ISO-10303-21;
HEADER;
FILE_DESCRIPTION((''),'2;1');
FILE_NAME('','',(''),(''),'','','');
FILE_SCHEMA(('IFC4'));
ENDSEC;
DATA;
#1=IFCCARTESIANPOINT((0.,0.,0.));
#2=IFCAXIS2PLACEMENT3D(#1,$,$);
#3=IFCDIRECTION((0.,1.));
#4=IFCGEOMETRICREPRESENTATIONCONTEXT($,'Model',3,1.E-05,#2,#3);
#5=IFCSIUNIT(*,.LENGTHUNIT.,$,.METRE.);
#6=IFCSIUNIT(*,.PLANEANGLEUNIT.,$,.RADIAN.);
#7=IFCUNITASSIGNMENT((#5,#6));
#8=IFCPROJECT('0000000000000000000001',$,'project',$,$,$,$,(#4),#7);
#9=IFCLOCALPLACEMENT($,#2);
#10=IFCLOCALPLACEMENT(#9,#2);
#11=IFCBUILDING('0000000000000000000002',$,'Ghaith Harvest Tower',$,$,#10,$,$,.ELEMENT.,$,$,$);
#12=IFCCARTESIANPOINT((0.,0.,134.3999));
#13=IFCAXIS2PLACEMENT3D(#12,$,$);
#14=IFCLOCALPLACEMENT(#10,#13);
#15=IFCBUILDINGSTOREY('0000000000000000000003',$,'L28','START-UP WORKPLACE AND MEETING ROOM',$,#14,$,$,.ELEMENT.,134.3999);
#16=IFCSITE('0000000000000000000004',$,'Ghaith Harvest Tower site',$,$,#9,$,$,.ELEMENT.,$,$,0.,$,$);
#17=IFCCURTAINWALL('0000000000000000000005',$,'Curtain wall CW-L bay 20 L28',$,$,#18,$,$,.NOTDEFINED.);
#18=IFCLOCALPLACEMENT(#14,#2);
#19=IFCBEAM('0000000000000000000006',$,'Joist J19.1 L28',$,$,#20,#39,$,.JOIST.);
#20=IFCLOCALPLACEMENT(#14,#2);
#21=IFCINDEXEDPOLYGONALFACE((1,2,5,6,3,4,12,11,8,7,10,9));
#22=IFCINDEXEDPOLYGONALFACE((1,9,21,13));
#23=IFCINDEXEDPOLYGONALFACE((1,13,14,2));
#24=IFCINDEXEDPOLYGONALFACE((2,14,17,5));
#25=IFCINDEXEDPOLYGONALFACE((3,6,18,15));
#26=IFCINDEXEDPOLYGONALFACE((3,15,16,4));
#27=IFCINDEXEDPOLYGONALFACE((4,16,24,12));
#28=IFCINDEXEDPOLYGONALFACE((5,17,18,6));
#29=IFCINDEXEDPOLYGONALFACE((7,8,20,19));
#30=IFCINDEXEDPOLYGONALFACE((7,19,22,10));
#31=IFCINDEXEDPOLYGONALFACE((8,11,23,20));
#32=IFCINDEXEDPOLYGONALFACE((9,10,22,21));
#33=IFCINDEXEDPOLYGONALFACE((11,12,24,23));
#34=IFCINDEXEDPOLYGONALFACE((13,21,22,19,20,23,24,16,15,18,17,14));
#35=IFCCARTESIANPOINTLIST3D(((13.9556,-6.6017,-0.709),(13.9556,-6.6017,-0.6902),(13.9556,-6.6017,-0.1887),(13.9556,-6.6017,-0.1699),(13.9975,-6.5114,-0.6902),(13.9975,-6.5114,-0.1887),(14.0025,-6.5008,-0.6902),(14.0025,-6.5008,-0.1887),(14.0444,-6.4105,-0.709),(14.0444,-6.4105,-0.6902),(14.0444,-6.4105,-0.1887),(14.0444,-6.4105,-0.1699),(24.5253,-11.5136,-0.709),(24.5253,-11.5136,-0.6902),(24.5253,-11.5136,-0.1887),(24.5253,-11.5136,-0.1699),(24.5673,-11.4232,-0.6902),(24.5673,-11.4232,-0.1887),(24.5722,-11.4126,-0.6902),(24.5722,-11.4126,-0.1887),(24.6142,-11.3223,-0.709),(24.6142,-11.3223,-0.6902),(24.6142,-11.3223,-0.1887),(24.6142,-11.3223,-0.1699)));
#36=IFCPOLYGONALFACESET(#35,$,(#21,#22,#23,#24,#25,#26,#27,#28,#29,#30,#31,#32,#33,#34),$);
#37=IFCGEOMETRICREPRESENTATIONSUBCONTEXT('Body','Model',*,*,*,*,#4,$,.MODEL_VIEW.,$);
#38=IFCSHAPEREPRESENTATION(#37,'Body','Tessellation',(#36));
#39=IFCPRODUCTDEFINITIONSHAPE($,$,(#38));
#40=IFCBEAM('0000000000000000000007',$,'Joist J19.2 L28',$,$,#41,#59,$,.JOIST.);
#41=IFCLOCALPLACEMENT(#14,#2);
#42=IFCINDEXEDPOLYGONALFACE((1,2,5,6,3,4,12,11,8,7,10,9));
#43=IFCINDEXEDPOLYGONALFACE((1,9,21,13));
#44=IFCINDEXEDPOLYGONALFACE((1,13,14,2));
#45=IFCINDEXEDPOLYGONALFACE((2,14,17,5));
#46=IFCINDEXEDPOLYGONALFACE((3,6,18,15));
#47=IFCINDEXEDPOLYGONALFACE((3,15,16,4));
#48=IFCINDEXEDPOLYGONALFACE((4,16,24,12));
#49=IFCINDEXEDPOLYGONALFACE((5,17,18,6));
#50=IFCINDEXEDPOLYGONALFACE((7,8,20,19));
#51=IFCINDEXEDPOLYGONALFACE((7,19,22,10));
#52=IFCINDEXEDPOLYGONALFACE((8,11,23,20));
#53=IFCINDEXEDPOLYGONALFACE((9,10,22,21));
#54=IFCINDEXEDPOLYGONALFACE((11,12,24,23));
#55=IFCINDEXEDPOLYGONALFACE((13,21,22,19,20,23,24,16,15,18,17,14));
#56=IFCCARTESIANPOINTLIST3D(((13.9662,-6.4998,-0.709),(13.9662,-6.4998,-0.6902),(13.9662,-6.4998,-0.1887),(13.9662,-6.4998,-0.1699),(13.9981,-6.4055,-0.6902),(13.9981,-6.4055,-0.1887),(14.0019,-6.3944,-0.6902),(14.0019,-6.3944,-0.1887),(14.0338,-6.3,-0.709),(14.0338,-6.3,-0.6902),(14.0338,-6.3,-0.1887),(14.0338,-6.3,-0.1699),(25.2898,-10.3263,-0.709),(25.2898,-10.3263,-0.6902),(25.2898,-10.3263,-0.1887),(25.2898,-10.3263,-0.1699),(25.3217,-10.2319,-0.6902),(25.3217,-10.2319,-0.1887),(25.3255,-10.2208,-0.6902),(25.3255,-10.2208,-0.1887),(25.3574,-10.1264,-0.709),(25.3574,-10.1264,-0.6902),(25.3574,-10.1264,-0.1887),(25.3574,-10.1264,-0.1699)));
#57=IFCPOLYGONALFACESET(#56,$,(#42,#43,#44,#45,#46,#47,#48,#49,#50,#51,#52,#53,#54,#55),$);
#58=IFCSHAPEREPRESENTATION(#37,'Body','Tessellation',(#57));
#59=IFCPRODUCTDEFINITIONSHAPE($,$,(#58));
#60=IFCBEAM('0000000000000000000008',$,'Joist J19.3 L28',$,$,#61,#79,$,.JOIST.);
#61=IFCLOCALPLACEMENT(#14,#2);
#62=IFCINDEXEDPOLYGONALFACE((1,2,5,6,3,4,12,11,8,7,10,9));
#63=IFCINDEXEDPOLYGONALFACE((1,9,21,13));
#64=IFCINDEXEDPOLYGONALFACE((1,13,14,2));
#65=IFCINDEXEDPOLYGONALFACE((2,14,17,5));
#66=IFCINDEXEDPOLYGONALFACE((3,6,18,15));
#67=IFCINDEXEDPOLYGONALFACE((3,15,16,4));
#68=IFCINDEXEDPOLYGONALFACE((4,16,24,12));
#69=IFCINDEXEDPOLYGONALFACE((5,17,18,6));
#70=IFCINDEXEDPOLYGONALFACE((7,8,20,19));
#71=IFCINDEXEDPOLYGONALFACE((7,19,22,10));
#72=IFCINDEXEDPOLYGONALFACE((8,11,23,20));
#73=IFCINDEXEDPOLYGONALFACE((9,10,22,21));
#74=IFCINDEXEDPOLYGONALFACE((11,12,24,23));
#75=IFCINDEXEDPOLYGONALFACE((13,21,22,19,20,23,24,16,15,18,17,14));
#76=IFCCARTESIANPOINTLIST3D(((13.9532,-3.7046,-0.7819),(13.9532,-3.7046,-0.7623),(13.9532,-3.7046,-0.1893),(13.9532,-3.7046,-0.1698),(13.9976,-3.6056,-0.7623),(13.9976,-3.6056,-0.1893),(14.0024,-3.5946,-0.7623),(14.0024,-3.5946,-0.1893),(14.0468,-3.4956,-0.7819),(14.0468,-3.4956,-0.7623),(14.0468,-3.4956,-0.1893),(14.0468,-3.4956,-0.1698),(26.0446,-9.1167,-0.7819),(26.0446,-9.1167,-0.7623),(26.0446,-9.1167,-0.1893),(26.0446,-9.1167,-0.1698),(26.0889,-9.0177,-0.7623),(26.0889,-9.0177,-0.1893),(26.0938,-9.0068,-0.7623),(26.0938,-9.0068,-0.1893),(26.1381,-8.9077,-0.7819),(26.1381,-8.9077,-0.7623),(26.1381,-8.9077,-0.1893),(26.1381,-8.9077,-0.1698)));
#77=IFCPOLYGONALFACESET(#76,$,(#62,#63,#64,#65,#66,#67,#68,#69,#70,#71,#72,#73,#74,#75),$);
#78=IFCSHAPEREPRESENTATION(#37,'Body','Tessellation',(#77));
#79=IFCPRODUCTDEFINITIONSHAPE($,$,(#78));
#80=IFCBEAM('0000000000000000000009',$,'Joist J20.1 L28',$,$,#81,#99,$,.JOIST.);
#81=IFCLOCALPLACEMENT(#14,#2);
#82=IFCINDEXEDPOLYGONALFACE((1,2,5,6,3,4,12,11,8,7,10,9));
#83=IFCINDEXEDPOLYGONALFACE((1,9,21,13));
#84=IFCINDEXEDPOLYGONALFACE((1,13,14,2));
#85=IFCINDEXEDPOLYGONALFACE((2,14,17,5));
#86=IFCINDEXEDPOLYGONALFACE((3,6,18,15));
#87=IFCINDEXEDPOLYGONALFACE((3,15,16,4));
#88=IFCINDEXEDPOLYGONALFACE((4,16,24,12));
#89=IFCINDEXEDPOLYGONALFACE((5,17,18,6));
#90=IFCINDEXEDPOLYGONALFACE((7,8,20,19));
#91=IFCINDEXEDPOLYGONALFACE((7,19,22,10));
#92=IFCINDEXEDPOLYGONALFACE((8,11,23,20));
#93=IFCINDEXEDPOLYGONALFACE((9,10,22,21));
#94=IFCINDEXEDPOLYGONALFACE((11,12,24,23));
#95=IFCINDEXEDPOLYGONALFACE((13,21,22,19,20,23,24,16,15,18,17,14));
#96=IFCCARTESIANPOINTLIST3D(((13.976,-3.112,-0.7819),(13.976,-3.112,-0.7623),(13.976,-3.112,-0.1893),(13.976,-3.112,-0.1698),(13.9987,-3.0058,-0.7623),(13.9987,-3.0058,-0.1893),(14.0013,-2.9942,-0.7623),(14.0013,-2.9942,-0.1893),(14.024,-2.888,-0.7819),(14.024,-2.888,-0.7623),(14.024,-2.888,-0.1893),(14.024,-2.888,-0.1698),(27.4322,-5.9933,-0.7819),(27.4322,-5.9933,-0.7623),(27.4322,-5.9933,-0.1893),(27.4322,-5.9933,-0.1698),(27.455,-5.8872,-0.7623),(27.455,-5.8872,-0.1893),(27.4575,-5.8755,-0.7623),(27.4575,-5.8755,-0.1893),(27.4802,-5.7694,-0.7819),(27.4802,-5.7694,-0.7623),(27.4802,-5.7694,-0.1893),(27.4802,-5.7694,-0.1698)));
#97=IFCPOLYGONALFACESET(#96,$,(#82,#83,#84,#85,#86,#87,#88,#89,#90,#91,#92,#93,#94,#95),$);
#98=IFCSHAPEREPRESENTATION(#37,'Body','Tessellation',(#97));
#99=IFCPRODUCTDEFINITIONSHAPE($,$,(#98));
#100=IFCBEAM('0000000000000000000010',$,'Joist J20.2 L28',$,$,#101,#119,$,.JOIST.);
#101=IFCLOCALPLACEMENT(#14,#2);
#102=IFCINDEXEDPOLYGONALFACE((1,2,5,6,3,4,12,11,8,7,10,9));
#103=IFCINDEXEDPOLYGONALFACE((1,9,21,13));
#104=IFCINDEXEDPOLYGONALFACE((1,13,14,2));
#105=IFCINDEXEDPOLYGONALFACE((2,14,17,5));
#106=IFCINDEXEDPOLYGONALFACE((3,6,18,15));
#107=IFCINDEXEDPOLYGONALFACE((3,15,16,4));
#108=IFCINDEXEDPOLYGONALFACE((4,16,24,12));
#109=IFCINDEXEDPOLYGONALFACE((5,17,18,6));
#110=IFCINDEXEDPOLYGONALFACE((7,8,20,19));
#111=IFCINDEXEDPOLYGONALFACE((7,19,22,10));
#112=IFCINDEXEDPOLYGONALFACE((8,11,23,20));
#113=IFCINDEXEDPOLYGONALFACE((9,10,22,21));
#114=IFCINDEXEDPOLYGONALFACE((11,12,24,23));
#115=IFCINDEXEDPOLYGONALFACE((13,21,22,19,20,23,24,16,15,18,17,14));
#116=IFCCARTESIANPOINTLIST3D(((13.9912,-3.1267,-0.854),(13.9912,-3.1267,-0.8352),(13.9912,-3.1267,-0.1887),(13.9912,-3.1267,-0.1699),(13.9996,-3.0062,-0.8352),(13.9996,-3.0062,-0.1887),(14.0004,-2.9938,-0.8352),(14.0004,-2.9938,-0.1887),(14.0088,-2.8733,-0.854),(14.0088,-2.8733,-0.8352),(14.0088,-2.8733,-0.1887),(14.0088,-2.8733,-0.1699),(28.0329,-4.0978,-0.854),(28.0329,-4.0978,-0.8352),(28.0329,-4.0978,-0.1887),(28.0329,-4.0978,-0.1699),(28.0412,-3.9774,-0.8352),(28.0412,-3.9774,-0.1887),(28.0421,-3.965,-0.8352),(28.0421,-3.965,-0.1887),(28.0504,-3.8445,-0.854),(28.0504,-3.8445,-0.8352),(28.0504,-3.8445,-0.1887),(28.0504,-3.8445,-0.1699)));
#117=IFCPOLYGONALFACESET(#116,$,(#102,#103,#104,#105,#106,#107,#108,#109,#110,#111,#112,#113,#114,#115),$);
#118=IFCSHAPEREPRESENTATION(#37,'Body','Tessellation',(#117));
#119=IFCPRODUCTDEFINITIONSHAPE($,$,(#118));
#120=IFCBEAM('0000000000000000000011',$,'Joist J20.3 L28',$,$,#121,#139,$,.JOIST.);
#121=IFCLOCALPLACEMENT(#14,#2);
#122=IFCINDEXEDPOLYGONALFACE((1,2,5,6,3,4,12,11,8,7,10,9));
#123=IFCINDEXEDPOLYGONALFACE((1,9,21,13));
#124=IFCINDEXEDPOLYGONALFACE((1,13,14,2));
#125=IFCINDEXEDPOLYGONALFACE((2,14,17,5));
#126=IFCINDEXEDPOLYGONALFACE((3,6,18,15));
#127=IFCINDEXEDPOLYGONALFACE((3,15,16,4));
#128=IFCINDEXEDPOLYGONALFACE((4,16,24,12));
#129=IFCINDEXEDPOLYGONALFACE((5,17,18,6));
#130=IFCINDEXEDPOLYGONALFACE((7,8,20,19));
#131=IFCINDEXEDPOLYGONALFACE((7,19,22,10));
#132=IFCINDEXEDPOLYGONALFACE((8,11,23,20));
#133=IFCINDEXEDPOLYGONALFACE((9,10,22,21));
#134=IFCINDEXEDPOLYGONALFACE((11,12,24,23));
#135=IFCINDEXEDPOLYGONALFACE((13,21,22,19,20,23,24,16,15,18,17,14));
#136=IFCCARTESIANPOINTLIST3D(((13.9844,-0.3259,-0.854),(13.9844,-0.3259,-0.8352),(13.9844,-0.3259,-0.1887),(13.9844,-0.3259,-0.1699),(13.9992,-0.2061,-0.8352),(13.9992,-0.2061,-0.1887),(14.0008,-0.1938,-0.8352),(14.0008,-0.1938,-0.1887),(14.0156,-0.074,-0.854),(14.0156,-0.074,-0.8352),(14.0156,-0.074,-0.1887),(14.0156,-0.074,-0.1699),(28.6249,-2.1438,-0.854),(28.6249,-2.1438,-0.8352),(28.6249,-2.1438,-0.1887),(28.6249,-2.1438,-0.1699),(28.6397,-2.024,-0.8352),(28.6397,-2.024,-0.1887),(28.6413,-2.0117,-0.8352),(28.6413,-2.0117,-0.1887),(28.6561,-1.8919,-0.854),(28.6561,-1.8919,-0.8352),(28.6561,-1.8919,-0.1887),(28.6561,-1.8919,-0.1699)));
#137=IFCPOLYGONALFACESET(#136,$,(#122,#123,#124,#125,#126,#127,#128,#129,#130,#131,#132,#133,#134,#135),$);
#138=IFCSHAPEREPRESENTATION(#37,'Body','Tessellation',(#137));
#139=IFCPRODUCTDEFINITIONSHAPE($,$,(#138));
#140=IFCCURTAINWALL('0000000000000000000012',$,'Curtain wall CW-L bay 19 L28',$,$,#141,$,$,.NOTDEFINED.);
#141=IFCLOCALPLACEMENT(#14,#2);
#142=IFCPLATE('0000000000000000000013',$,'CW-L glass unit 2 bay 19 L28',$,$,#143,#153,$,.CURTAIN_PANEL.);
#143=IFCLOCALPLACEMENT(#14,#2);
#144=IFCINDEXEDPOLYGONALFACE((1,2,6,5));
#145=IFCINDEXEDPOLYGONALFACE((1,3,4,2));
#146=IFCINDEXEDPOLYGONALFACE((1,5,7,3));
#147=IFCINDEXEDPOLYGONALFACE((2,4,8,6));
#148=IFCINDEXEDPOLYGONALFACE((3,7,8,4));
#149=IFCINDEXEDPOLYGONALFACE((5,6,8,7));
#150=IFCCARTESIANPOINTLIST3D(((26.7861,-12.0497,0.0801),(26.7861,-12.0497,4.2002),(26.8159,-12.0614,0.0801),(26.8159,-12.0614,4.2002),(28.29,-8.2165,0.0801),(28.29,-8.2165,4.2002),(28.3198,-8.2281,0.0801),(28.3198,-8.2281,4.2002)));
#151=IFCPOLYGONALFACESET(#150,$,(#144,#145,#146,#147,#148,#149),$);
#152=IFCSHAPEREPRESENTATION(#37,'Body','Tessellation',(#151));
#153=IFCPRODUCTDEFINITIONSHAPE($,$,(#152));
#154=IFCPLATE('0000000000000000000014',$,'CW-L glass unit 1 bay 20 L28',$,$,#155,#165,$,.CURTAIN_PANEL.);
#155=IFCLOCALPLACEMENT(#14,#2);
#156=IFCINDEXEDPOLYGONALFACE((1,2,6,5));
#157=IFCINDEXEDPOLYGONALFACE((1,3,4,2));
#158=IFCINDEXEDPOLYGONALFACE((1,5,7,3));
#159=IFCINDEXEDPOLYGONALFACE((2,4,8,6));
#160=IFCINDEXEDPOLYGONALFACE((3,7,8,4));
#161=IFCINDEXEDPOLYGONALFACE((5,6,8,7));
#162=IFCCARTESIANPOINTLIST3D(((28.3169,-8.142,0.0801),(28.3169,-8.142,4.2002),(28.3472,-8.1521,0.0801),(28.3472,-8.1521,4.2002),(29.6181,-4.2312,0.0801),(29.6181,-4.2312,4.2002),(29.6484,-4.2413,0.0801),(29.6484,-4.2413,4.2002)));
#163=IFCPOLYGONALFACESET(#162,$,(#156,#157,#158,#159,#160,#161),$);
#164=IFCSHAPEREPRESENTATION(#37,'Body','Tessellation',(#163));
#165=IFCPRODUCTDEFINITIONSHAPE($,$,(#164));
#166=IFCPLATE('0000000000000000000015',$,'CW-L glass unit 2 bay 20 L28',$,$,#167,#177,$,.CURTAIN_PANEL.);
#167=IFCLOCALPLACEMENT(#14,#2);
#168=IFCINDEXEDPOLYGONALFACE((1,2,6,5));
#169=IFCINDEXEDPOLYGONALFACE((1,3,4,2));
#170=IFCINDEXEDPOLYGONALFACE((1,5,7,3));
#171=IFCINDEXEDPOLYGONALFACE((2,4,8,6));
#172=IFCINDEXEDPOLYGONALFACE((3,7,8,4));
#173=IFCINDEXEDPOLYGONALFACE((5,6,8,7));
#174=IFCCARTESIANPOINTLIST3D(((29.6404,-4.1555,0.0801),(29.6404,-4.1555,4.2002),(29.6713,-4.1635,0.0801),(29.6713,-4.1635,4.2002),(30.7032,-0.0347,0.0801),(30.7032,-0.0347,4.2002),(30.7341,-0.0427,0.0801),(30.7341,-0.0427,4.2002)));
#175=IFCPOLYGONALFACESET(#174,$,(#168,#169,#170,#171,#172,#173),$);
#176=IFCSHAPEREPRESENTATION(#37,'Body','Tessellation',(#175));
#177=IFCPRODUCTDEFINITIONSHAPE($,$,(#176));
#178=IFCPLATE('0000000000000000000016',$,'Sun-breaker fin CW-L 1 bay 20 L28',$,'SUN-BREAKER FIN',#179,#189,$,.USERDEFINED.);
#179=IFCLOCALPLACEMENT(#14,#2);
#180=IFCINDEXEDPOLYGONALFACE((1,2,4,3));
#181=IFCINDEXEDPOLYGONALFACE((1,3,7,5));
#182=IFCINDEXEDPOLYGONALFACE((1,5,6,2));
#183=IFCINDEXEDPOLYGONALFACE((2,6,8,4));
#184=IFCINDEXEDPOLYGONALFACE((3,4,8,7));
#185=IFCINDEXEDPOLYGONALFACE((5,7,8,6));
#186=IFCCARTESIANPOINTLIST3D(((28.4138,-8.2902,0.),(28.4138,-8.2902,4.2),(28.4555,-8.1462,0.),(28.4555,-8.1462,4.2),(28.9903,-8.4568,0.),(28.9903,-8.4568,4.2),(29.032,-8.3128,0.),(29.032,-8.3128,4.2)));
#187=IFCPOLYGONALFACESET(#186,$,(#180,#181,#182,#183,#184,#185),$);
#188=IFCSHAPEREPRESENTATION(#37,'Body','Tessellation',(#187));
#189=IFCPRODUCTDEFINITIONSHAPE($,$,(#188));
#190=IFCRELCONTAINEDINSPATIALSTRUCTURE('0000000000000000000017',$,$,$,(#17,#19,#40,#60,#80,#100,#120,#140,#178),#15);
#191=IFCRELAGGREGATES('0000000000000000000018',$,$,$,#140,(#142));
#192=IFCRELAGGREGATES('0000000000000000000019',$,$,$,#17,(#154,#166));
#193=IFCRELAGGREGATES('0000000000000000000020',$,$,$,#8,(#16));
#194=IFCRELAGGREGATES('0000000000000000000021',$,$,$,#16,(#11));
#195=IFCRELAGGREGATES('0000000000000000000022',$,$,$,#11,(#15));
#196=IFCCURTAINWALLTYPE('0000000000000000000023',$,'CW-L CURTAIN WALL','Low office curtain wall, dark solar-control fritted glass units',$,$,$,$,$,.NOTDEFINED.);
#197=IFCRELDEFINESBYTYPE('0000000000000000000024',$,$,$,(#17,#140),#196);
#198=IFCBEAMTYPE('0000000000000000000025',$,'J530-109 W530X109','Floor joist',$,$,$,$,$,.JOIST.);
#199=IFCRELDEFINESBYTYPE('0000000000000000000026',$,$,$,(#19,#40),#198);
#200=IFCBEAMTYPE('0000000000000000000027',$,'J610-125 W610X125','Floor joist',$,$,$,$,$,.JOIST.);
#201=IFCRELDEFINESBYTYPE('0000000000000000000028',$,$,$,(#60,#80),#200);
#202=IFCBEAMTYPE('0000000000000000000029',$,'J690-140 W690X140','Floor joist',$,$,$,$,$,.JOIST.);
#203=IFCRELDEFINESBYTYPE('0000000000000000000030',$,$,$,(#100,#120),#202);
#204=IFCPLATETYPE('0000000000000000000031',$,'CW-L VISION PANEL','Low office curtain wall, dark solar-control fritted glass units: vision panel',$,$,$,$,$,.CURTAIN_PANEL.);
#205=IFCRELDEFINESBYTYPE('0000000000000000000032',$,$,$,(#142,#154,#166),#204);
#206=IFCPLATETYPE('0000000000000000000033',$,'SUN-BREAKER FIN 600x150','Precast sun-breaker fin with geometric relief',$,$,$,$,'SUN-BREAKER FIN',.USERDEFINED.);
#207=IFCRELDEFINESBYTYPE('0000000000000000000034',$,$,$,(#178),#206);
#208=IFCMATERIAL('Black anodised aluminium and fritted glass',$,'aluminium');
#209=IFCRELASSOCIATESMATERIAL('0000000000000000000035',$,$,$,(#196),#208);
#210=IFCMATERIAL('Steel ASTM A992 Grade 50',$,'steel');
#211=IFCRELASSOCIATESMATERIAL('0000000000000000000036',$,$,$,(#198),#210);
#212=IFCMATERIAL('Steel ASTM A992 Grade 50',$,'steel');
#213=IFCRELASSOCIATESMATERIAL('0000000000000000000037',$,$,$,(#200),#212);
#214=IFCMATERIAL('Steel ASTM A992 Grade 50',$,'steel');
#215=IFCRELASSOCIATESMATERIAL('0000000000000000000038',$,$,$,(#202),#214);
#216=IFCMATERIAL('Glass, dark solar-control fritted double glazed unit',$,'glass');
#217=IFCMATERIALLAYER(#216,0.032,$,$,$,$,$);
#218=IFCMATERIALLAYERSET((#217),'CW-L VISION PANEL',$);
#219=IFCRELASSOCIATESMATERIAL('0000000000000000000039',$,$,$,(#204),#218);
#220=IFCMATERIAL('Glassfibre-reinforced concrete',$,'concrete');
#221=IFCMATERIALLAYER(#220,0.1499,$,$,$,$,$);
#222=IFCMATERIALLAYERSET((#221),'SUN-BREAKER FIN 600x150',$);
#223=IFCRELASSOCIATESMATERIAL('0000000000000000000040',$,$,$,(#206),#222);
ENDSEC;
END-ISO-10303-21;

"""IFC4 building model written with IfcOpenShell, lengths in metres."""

from ifc_helpers import new_model, si_unit, direction, frame, origin, origin_2d, place, context, subcontext, project, spatial, rectangle, i_section, extrude, material, layer, layer_set, material_profile, profile_set, type_object, element, aggregate, save


model = new_model("IFC4")

# Units and contexts
model_context = context("Model", 3, precision=1e-05, world=origin(), true_north=direction((0.0, 1.0)))
body_context = subcontext(model_context, "Body", "Model", "MODEL_VIEW")
ifc_project = project(units=[si_unit("LENGTHUNIT", "METRE"), si_unit("PLANEANGLEUNIT", "RADIAN")], contexts=[model_context])

# Site, building, storey
site_placement = place(None, origin())
site = spatial("IfcSite", under=ifc_project, at=site_placement, Name="Ghaith Harvest Tower site", CompositionType="ELEMENT", RefElevation=0.0)
building_placement = place(site_placement, origin())
building = spatial("IfcBuilding", under=site, at=building_placement, Name="Ghaith Harvest Tower", CompositionType="ELEMENT")
storey_placement = place(building_placement, frame((0.0, 0.0, 134.3999)))
storey = spatial("IfcBuildingStorey", under=building, at=storey_placement, Name="L28", Description="START-UP WORKPLACE AND MEETING ROOM", CompositionType="ELEMENT", Elevation=134.3999)

# Curtain wall
ifc_material_1 = material(Name="Black anodised aluminium and fritted glass", Category="aluminium")
curtain_wall_type = type_object("IfcCurtainWallType", Name="CW-L CURTAIN WALL", Description="Low office curtain wall, dark solar-control fritted glass units", PredefinedType="NOTDEFINED", material=ifc_material_1)
curtain_wall_1_placement = place(storey_placement, origin())
curtain_wall_1 = element("IfcCurtainWall", 1, at=curtain_wall_1_placement, inside=storey, type_object=curtain_wall_type, Name="Curtain wall CW-L bay 20 L28", PredefinedType="NOTDEFINED")

# Beams
ifc_material_2 = material(Name="Steel ASTM A992 Grade 50", Category="steel")
ifc_material_profile_1 = material_profile(ifc_material_2, i_section(OverallWidth=0.2109, OverallDepth=0.5391, WebThickness=0.0117, FlangeThickness=0.0188, at=origin_2d()), Name="W530X109")
ifc_profile_set_1 = profile_set([ifc_material_profile_1], Name="Steel ASTM A992 Grade 50")
beam_type_1 = type_object("IfcBeamType", Name="J530-109 W530X109", Description="Floor joist", PredefinedType="JOIST", material=ifc_profile_set_1)
beam_1_placement = place(storey_placement, frame((14.0, -6.5061, -0.4395), z_axis=(0.906863, -0.421425, 0.0), x_axis=(0.421425, 0.906863, 0.0)))
element("IfcBeam", 2, at=beam_1_placement, inside=storey, type_object=beam_type_1, Name="Joist J19.1 L28", PredefinedType="JOIST", context=body_context, shape_type="SweptSolid", body=[
    extrude(i_section(OverallWidth=0.2109, OverallDepth=0.5391, WebThickness=0.0117, FlangeThickness=0.0188, at=origin_2d()), origin(), (0.0, 0.0, 1.0), 11.6553),
])
beam_2_placement = place(storey_placement, frame((14.0, -6.3999, -0.4395), z_axis=(0.947372, -0.320135, 0.0), x_axis=(0.320135, 0.947372, 0.0)))
element("IfcBeam", 3, at=beam_2_placement, inside=storey, type_object=beam_type_1, Name="Joist J19.2 L28", PredefinedType="JOIST", context=body_context, shape_type="SweptSolid", body=[
    extrude(i_section(OverallWidth=0.2109, OverallDepth=0.5391, WebThickness=0.0117, FlangeThickness=0.0188, at=origin_2d()), origin(), (0.0, 0.0, 1.0), 11.9526),
])
ifc_material_3 = material(Name="Steel ASTM A992 Grade 50", Category="steel")
ifc_material_profile_2 = material_profile(ifc_material_3, i_section(OverallWidth=0.229, OverallDepth=0.6121, WebThickness=0.012, FlangeThickness=0.0195, at=origin_2d()), Name="W610X125")
ifc_profile_set_2 = profile_set([ifc_material_profile_2], Name="Steel ASTM A992 Grade 50")
beam_type_2 = type_object("IfcBeamType", Name="J610-125 W610X125", Description="Floor joist", PredefinedType="JOIST", material=ifc_profile_set_2)
beam_3_placement = place(storey_placement, frame((14.0, -3.6001, -0.4758), z_axis=(0.912738, -0.408545, 0.0), x_axis=(0.408545, 0.912738, 0.0)))
element("IfcBeam", 4, at=beam_3_placement, inside=storey, type_object=beam_type_2, Name="Joist J19.3 L28", PredefinedType="JOIST", context=body_context, shape_type="SweptSolid", body=[
    extrude(i_section(OverallWidth=0.229, OverallDepth=0.6121, WebThickness=0.012, FlangeThickness=0.0195, at=origin_2d()), origin(), (0.0, 0.0, 1.0), 13.2473),
])
beam_4_placement = place(storey_placement, frame((14.0, -3.0, -0.4758), z_axis=(0.977834, -0.20938, 0.0), x_axis=(0.20938, 0.977834, 0.0)))
element("IfcBeam", 5, at=beam_4_placement, inside=storey, type_object=beam_type_2, Name="Joist J20.1 L28", PredefinedType="JOIST", context=body_context, shape_type="SweptSolid", body=[
    extrude(i_section(OverallWidth=0.229, OverallDepth=0.6121, WebThickness=0.012, FlangeThickness=0.0195, at=origin_2d()), origin(), (0.0, 0.0, 1.0), 13.7612),
])
ifc_material_4 = material(Name="Steel ASTM A992 Grade 50", Category="steel")
ifc_material_profile_3 = material_profile(ifc_material_4, i_section(OverallWidth=0.2539, OverallDepth=0.6841, WebThickness=0.0125, FlangeThickness=0.0188, at=origin_2d()), Name="W690X140")
ifc_profile_set_3 = profile_set([ifc_material_profile_3], Name="Steel ASTM A992 Grade 50")
beam_type_3 = type_object("IfcBeamType", Name="J690-140 W690X140", Description="Floor joist", PredefinedType="JOIST", material=ifc_profile_set_3)
beam_5_placement = place(storey_placement, frame((14.0, -3.0, -0.512), z_axis=(0.997617, -0.069, 0.0), x_axis=(0.069, 0.997617, 0.0)))
element("IfcBeam", 6, at=beam_5_placement, inside=storey, type_object=beam_type_3, Name="Joist J20.2 L28", PredefinedType="JOIST", context=body_context, shape_type="SweptSolid", body=[
    extrude(i_section(OverallWidth=0.2539, OverallDepth=0.6841, WebThickness=0.0125, FlangeThickness=0.0188, at=origin_2d()), origin(), (0.0, 0.0, 1.0), 14.0752),
])
beam_6_placement = place(storey_placement, frame((14.0, -0.2, -0.512), z_axis=(0.992379, -0.123222, 0.0), x_axis=(0.123222, 0.992379, 0.0)))
element("IfcBeam", 7, at=beam_6_placement, inside=storey, type_object=beam_type_3, Name="Joist J20.3 L28", PredefinedType="JOIST", context=body_context, shape_type="SweptSolid", body=[
    extrude(i_section(OverallWidth=0.2539, OverallDepth=0.6841, WebThickness=0.0125, FlangeThickness=0.0188, at=origin_2d()), origin(), (0.0, 0.0, 1.0), 14.7529),
])

# Curtain wall, plate
curtain_wall_2_placement = place(storey_placement, origin())
curtain_wall_2 = element("IfcCurtainWall", 8, at=curtain_wall_2_placement, inside=storey, type_object=curtain_wall_type, Name="Curtain wall CW-L bay 19 L28", PredefinedType="NOTDEFINED")
ifc_material_5 = material(Name="Glass, dark solar-control fritted double glazed unit", Category="glass")
ifc_layer_1 = layer(ifc_material_5, 0.032)
ifc_layer_set_1 = layer_set([ifc_layer_1], Name="CW-L VISION PANEL")
plate_type_1 = type_object("IfcPlateType", Name="CW-L VISION PANEL", Description="Low office curtain wall, dark solar-control fritted glass units: vision panel", PredefinedType="CURTAIN_PANEL", material=ifc_layer_set_1)
plate_1_placement = place(storey_placement, frame((27.553, -10.1389, 0.0801), z_axis=(0.0, 0.0, 1.0), x_axis=(0.365226, 0.930919, 0.0)))
plate_1 = element("IfcPlate", 9, at=plate_1_placement, type_object=plate_type_1, Name="CW-L glass unit 2 bay 19 L28", PredefinedType="CURTAIN_PANEL", context=body_context, shape_type="SweptSolid", body=[
    extrude(rectangle(XDim=4.1177, YDim=0.032, at=origin_2d()), origin(), (0.0, 0.0, 1.0), 4.1201),
])
aggregate(curtain_wall_2, [plate_1])

# Plates
plate_2_placement = place(storey_placement, frame((28.9827, -6.1917, 0.0801), z_axis=(0.0, 0.0, 1.0), x_axis=(0.315708, 0.948856, 0.0)))
plate_2 = element("IfcPlate", 10, at=plate_2_placement, type_object=plate_type_1, Name="CW-L glass unit 1 bay 20 L28", PredefinedType="CURTAIN_PANEL", context=body_context, shape_type="SweptSolid", body=[
    extrude(rectangle(XDim=4.1216, YDim=0.032, at=origin_2d()), origin(), (0.0, 0.0, 1.0), 4.1201),
])
plate_3_placement = place(storey_placement, frame((30.1873, -2.0991, 0.0801), z_axis=(0.0, 0.0, 1.0), x_axis=(0.249744, 0.968312, 0.0)))
plate_3 = element("IfcPlate", 11, at=plate_3_placement, type_object=plate_type_1, Name="CW-L glass unit 2 bay 20 L28", PredefinedType="CURTAIN_PANEL", context=body_context, shape_type="SweptSolid", body=[
    extrude(rectangle(XDim=4.2556, YDim=0.032, at=origin_2d()), origin(), (0.0, 0.0, 1.0), 4.1201),
])
aggregate(curtain_wall_1, [plate_2, plate_3])
ifc_material_6 = material(Name="Glassfibre-reinforced concrete", Category="concrete")
ifc_layer_2 = layer(ifc_material_6, 0.1499)
ifc_layer_set_2 = layer_set([ifc_layer_2], Name="SUN-BREAKER FIN 600x150")
plate_type_2 = type_object("IfcPlateType", Name="SUN-BREAKER FIN 600x150", Description="Precast sun-breaker fin with geometric relief", ElementType="SUN-BREAKER FIN", PredefinedType="USERDEFINED", material=ifc_layer_set_2)
plate_4_placement = place(storey_placement, frame((28.7229, -8.3015, 0.0), z_axis=(0.0, 0.0, 1.0), x_axis=(0.96068, -0.277657, 0.0)))
element("IfcPlate", 12, at=plate_4_placement, inside=storey, type_object=plate_type_2, Name="Sun-breaker fin CW-L 1 bay 20 L28", ObjectType="SUN-BREAKER FIN", PredefinedType="USERDEFINED", context=body_context, shape_type="SweptSolid", body=[
    extrude(rectangle(XDim=0.6001, YDim=0.1499, at=origin_2d()), origin(), (0.0, 0.0, 1.0), 4.2),
])

save(model, "model.ifc")
